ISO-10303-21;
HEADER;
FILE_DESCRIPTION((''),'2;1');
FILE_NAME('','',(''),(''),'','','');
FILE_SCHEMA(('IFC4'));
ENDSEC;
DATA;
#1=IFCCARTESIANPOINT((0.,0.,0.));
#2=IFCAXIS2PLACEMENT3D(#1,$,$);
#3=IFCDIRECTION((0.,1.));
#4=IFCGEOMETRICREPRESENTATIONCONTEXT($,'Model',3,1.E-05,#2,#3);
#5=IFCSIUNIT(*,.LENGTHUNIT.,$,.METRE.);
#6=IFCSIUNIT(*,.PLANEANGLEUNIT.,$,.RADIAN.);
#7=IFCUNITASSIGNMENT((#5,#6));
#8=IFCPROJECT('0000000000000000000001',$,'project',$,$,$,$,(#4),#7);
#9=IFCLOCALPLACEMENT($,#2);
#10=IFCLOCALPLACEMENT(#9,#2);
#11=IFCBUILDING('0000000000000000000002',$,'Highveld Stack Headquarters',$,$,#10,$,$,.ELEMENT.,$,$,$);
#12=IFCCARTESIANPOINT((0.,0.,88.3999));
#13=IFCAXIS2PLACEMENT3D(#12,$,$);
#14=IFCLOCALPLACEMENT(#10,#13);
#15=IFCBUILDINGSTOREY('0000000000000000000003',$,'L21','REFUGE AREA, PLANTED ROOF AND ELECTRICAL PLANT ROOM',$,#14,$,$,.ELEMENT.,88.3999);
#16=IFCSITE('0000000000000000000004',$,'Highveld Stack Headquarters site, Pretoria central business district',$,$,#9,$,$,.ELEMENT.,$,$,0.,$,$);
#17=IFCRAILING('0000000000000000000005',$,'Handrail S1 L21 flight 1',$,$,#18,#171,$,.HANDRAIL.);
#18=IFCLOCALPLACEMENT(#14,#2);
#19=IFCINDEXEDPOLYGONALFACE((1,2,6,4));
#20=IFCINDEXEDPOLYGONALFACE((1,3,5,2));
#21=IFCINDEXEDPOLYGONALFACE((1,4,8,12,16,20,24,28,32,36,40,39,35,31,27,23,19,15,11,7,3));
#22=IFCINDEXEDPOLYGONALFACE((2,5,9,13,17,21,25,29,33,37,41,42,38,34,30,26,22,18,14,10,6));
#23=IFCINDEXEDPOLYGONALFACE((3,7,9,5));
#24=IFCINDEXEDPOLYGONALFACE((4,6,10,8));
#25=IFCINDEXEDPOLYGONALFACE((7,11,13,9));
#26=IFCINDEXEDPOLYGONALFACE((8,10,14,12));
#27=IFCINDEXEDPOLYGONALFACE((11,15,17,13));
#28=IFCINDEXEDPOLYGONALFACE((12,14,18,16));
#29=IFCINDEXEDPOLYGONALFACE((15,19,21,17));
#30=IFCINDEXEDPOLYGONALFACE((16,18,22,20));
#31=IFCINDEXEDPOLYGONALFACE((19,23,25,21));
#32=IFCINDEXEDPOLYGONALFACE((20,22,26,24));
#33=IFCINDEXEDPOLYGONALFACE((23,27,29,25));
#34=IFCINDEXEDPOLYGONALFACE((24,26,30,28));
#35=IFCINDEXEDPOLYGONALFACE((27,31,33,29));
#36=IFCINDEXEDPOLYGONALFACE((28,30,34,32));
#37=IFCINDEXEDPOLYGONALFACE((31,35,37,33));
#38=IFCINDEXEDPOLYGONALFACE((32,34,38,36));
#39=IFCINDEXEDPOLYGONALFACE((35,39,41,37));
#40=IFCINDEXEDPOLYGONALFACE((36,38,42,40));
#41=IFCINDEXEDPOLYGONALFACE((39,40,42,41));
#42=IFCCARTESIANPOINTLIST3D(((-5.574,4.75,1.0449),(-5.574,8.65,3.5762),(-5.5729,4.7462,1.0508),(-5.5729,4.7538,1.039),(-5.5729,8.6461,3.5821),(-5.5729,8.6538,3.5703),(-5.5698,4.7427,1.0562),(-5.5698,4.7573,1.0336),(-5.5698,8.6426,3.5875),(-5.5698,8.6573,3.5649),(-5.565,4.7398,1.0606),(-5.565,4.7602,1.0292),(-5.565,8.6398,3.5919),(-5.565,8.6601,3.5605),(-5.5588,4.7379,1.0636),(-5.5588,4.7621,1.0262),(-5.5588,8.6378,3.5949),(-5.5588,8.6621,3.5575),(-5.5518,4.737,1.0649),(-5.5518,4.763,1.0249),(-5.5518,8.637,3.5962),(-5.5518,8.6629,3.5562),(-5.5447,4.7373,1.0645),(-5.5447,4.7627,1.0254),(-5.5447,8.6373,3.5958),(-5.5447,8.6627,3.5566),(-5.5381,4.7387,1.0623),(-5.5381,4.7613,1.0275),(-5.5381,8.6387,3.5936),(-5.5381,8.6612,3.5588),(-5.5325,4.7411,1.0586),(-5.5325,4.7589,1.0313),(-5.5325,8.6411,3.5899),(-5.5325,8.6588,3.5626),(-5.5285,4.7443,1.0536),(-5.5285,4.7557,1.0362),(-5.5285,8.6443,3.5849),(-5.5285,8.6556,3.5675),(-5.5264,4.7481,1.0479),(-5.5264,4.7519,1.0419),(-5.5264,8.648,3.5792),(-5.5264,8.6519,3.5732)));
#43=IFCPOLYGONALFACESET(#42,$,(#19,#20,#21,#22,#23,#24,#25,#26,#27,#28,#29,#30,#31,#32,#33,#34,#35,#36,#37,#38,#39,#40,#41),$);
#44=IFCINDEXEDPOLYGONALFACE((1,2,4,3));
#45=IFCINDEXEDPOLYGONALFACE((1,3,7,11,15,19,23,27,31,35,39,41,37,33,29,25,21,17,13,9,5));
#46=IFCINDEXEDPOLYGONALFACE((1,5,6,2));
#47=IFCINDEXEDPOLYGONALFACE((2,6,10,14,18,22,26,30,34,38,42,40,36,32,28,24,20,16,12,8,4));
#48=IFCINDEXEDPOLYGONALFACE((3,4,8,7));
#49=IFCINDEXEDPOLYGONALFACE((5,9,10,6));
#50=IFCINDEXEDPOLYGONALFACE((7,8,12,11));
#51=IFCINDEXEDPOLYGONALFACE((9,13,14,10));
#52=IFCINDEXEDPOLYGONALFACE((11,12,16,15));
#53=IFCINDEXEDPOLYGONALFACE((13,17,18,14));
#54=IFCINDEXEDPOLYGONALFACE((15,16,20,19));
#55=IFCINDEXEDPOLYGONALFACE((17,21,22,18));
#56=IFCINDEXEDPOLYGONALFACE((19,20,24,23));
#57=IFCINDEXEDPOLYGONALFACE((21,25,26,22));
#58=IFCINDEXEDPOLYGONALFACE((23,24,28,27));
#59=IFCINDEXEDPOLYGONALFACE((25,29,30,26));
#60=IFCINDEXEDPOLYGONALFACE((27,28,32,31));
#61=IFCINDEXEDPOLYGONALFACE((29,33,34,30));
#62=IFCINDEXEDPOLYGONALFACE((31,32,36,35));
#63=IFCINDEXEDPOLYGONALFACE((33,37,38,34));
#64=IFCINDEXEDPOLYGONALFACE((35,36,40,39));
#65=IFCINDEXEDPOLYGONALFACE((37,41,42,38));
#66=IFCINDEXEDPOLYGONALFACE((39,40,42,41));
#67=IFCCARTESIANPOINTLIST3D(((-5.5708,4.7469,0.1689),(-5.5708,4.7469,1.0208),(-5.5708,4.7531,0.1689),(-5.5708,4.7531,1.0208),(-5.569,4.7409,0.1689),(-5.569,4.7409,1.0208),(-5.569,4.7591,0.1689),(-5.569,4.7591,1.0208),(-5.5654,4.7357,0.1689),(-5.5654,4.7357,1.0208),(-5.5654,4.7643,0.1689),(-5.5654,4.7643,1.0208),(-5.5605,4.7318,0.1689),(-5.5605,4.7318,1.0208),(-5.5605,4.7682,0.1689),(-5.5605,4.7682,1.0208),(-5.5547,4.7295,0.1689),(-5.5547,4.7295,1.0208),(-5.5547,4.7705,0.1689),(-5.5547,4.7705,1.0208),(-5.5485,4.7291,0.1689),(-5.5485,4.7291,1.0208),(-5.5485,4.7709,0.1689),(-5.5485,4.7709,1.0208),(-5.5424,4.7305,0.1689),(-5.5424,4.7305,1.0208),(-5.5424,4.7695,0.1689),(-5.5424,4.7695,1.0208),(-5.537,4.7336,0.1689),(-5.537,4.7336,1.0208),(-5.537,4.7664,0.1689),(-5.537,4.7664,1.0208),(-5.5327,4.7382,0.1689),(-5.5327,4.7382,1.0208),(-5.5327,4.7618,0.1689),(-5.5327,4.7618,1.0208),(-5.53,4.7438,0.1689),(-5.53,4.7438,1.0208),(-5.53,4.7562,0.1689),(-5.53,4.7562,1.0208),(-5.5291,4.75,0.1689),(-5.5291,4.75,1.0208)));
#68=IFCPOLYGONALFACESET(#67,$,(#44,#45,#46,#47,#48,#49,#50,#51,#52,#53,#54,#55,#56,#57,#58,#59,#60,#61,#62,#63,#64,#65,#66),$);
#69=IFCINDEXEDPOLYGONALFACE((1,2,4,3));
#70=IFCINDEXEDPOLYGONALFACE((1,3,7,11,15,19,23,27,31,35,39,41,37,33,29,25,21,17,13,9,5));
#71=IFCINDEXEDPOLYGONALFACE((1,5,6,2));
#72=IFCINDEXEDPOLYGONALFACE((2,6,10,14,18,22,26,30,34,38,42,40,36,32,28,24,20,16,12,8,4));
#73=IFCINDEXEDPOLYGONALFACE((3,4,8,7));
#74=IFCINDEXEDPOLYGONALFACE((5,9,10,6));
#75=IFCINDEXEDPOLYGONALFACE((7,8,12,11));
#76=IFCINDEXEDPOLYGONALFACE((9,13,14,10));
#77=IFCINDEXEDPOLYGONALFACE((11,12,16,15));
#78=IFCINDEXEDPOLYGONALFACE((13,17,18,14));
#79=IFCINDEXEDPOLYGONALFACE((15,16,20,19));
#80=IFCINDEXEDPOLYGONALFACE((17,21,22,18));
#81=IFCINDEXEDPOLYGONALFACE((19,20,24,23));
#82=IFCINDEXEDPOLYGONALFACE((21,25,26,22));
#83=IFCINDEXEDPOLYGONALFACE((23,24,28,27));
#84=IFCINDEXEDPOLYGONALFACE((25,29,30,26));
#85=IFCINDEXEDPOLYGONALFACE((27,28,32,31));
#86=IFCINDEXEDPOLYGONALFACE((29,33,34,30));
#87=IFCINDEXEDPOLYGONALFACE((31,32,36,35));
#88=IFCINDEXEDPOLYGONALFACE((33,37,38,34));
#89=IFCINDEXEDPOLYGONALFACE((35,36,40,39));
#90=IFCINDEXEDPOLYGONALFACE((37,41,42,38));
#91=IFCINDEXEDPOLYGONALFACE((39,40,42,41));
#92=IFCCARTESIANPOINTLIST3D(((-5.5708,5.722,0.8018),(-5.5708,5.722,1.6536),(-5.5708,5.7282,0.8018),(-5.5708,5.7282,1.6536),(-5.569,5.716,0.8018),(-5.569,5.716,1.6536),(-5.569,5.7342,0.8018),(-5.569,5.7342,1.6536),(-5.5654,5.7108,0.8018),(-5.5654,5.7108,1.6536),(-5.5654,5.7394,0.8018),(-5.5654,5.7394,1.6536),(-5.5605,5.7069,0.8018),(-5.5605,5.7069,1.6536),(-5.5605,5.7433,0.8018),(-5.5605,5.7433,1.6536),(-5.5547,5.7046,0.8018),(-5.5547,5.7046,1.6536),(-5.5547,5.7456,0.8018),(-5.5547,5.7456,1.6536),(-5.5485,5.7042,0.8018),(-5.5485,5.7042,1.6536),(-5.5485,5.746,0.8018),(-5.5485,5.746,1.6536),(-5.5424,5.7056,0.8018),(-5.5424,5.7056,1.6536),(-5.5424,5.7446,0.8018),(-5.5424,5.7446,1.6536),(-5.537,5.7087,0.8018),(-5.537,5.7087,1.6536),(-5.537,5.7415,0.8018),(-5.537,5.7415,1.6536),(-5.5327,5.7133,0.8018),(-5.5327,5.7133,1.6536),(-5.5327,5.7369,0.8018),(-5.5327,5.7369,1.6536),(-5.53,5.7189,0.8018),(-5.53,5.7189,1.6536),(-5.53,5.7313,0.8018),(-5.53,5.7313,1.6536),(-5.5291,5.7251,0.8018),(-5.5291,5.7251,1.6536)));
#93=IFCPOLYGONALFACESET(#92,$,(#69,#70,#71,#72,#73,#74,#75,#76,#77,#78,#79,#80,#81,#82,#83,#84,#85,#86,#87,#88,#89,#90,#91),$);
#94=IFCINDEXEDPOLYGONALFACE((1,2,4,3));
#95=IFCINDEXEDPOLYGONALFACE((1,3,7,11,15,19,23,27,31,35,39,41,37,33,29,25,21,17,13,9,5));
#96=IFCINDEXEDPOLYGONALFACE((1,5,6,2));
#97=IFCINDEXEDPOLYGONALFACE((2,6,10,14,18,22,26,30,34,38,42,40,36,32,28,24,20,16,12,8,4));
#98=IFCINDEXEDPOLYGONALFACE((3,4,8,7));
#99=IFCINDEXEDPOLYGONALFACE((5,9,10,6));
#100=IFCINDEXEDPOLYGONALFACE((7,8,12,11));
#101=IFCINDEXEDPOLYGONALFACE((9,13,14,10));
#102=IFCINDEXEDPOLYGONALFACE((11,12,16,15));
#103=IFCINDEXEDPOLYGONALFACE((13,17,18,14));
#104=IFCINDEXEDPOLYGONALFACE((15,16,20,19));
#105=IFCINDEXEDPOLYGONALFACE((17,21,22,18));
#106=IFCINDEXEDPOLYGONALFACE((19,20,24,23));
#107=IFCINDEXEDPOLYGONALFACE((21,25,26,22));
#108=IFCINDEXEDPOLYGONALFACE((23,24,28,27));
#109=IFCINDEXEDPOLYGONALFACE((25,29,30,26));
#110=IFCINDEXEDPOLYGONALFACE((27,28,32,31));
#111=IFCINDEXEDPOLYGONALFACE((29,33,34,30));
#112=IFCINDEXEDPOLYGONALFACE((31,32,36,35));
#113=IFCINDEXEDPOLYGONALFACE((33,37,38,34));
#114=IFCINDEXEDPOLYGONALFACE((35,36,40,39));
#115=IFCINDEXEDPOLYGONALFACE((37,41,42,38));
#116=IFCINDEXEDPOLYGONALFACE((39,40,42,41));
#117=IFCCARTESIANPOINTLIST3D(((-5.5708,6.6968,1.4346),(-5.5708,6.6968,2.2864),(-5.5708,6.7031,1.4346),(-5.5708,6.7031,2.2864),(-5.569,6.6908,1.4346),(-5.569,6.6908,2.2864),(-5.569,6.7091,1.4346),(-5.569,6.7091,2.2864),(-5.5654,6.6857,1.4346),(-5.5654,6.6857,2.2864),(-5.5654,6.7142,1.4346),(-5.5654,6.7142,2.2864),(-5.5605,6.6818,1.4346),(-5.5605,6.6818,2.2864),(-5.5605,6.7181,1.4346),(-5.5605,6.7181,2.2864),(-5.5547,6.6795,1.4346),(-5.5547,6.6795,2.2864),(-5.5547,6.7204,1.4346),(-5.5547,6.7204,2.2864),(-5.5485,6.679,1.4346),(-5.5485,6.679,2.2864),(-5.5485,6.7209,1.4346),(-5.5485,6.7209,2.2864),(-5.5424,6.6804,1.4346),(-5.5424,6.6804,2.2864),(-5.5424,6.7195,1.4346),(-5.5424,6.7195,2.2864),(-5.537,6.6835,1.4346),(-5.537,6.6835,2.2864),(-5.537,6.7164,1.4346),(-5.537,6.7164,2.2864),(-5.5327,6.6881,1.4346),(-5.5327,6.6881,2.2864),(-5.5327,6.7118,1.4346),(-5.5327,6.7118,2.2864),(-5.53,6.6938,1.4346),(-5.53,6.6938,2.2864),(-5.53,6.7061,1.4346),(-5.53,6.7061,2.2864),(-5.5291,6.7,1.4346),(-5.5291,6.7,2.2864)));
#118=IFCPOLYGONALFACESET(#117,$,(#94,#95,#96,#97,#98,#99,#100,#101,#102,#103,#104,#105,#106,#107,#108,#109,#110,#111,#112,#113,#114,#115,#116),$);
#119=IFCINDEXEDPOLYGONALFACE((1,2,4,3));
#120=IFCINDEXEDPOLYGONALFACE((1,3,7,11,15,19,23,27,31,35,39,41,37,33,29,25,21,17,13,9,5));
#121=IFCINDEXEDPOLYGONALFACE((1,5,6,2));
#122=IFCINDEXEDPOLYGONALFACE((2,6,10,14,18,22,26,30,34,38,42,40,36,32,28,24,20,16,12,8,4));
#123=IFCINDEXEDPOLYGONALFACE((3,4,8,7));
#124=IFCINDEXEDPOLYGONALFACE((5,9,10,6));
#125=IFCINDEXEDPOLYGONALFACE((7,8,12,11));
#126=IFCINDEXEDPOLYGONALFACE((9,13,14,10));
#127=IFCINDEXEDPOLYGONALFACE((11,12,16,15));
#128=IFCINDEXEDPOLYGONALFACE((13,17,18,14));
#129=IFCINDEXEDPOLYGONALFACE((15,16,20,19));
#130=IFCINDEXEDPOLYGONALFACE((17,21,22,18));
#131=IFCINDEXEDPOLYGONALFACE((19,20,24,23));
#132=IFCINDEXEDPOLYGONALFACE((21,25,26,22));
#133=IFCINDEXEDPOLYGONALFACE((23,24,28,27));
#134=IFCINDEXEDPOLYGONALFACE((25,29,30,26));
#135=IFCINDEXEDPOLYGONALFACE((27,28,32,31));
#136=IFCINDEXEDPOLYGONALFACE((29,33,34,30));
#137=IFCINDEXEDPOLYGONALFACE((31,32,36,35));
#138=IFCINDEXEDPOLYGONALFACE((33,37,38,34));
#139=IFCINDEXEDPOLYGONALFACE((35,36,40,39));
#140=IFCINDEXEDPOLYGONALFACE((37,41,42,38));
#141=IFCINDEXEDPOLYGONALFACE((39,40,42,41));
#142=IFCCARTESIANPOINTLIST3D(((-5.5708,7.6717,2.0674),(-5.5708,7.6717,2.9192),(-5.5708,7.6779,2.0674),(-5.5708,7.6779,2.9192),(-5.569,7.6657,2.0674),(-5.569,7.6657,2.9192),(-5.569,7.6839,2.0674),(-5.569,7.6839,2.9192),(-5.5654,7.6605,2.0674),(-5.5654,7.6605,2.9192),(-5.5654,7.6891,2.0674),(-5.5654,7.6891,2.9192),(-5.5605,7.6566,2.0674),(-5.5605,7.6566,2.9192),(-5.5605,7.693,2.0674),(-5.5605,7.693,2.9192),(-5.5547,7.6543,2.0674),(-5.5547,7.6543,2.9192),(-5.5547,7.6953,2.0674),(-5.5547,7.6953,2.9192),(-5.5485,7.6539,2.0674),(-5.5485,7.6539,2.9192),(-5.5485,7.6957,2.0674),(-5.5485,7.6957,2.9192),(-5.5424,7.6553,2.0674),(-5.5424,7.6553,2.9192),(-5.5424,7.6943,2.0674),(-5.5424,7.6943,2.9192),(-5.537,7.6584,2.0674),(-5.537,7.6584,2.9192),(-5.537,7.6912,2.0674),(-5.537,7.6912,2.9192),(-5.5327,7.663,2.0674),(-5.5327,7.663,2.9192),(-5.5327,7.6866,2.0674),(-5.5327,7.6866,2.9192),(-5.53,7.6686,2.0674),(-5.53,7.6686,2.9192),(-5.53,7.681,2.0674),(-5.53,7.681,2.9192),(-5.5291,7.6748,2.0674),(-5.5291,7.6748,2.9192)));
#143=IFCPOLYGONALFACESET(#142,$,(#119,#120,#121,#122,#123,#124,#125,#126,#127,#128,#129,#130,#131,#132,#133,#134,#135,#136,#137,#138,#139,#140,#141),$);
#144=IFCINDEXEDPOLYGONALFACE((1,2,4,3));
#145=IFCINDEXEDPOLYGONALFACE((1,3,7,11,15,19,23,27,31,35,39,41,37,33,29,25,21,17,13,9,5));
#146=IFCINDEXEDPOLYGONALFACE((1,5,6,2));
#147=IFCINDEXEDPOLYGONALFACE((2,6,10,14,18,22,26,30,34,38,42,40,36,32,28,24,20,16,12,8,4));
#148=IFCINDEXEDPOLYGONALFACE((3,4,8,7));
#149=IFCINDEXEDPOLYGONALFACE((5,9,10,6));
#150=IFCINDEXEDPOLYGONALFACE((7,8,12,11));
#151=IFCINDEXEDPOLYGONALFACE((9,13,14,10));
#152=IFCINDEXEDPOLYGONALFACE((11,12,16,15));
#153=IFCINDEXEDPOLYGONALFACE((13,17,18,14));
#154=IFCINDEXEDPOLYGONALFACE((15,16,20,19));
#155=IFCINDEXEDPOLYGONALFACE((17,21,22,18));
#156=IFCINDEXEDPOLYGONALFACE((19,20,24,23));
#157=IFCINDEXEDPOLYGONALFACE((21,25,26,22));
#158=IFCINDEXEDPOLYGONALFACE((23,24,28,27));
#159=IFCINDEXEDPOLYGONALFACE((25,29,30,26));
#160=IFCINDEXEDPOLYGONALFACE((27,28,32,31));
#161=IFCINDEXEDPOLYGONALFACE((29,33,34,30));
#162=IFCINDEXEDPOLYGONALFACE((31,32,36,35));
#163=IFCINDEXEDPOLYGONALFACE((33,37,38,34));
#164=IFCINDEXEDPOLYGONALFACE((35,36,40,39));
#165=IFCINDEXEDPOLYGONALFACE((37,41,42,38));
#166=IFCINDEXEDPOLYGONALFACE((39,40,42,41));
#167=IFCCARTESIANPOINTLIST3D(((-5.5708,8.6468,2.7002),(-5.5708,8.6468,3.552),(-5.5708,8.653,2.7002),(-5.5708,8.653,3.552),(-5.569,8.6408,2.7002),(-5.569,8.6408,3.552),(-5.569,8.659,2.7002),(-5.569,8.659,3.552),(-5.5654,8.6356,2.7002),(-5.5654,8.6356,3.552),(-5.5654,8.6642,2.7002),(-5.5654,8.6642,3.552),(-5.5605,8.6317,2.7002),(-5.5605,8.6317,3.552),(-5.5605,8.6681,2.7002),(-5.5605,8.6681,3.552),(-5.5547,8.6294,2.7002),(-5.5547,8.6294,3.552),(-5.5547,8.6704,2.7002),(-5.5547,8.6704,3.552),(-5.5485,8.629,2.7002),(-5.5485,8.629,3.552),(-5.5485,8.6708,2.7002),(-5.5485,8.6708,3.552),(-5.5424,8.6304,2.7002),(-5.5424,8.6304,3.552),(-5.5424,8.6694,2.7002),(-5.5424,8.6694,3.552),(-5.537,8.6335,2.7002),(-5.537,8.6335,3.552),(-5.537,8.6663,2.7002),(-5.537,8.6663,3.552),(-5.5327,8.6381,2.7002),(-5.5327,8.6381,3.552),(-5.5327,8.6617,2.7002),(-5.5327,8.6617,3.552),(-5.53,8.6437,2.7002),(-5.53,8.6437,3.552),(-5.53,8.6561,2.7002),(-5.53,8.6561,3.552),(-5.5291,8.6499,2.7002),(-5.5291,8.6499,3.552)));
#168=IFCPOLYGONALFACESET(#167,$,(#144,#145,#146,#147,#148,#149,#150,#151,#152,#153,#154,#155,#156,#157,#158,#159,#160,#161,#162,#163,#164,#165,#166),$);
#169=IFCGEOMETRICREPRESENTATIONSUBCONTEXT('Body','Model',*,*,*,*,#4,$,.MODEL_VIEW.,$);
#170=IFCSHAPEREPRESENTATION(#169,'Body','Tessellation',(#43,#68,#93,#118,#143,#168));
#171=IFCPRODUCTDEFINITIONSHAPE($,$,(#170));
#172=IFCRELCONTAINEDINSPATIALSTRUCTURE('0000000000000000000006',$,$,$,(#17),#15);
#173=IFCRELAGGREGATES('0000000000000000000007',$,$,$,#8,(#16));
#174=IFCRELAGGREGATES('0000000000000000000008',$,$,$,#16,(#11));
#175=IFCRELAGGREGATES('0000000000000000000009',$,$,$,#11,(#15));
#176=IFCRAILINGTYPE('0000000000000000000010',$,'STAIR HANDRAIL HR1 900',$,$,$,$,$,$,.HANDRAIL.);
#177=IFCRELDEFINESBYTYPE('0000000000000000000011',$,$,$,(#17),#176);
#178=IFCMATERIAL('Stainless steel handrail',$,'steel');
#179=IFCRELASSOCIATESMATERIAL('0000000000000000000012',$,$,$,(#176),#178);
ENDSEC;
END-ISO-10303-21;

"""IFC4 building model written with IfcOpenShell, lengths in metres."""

from ifc_helpers import new_model, si_unit, direction, frame, origin, origin_2d, place, context, subcontext, project, spatial, circle, extrude, material, type_object, element, save


model = new_model("IFC4")

# Units and contexts
model_context = context("Model", 3, precision=1e-05, world=origin(), true_north=direction((0.0, 1.0)))
body_context = subcontext(model_context, "Body", "Model", "MODEL_VIEW")
ifc_project = project(units=[si_unit("LENGTHUNIT", "METRE"), si_unit("PLANEANGLEUNIT", "RADIAN")], contexts=[model_context])

# Site, building, storey
site_placement = place(None, origin())
site = spatial("IfcSite", under=ifc_project, at=site_placement, Name="Highveld Stack Headquarters site, Pretoria central business district", CompositionType="ELEMENT", RefElevation=0.0)
building_placement = place(site_placement, origin())
building = spatial("IfcBuilding", under=site, at=building_placement, Name="Highveld Stack Headquarters", CompositionType="ELEMENT")
storey_placement = place(building_placement, frame((0.0, 0.0, 88.3999)))
storey = spatial("IfcBuildingStorey", under=building, at=storey_placement, Name="L21", Description="REFUGE AREA, PLANTED ROOF AND ELECTRICAL PLANT ROOM", CompositionType="ELEMENT", Elevation=88.3999)

# Railing
ifc_material_1 = material(Name="Stainless steel handrail", Category="steel")
railing_type = type_object("IfcRailingType", Name="STAIR HANDRAIL HR1 900", PredefinedType="HANDRAIL", material=ifc_material_1)
for number, where, name in (
    (1, (-5.55, 4.75, 0.1689), "Handrail S1 L21 flight 1"),
):
    element("IfcRailing", number, at=place(storey_placement, frame(where)), inside=storey, type_object=railing_type, Name=name, PredefinedType="HANDRAIL", context=body_context, shape_type="SweptSolid", body=[
        extrude(circle(Radius=0.0239, at=origin_2d()), frame((0.0, 0.0, 0.876), z_axis=(0.0, 0.838806, 0.544431), x_axis=(-1.0, 0.0, 0.0)), (0.0, 0.0, 1.0), 4.6494),
        extrude(circle(Radius=0.021, at=origin_2d()), origin(), (0.0, 0.0, 1.0), 0.8518),
        extrude(circle(Radius=0.021, at=origin_2d()), frame((0.0, 0.9751, 0.6328)), (0.0, 0.0, 1.0), 0.8518),
        extrude(circle(Radius=0.021, at=origin_2d()), frame((0.0, 1.95, 1.2656)), (0.0, 0.0, 1.0), 0.8518),
        extrude(circle(Radius=0.021, at=origin_2d()), frame((0.0, 2.9248, 1.8984)), (0.0, 0.0, 1.0), 0.8518),
        extrude(circle(Radius=0.021, at=origin_2d()), frame((0.0, 3.8999, 2.5312)), (0.0, 0.0, 1.0), 0.8518),
    ])

save(model, "model.ifc")
